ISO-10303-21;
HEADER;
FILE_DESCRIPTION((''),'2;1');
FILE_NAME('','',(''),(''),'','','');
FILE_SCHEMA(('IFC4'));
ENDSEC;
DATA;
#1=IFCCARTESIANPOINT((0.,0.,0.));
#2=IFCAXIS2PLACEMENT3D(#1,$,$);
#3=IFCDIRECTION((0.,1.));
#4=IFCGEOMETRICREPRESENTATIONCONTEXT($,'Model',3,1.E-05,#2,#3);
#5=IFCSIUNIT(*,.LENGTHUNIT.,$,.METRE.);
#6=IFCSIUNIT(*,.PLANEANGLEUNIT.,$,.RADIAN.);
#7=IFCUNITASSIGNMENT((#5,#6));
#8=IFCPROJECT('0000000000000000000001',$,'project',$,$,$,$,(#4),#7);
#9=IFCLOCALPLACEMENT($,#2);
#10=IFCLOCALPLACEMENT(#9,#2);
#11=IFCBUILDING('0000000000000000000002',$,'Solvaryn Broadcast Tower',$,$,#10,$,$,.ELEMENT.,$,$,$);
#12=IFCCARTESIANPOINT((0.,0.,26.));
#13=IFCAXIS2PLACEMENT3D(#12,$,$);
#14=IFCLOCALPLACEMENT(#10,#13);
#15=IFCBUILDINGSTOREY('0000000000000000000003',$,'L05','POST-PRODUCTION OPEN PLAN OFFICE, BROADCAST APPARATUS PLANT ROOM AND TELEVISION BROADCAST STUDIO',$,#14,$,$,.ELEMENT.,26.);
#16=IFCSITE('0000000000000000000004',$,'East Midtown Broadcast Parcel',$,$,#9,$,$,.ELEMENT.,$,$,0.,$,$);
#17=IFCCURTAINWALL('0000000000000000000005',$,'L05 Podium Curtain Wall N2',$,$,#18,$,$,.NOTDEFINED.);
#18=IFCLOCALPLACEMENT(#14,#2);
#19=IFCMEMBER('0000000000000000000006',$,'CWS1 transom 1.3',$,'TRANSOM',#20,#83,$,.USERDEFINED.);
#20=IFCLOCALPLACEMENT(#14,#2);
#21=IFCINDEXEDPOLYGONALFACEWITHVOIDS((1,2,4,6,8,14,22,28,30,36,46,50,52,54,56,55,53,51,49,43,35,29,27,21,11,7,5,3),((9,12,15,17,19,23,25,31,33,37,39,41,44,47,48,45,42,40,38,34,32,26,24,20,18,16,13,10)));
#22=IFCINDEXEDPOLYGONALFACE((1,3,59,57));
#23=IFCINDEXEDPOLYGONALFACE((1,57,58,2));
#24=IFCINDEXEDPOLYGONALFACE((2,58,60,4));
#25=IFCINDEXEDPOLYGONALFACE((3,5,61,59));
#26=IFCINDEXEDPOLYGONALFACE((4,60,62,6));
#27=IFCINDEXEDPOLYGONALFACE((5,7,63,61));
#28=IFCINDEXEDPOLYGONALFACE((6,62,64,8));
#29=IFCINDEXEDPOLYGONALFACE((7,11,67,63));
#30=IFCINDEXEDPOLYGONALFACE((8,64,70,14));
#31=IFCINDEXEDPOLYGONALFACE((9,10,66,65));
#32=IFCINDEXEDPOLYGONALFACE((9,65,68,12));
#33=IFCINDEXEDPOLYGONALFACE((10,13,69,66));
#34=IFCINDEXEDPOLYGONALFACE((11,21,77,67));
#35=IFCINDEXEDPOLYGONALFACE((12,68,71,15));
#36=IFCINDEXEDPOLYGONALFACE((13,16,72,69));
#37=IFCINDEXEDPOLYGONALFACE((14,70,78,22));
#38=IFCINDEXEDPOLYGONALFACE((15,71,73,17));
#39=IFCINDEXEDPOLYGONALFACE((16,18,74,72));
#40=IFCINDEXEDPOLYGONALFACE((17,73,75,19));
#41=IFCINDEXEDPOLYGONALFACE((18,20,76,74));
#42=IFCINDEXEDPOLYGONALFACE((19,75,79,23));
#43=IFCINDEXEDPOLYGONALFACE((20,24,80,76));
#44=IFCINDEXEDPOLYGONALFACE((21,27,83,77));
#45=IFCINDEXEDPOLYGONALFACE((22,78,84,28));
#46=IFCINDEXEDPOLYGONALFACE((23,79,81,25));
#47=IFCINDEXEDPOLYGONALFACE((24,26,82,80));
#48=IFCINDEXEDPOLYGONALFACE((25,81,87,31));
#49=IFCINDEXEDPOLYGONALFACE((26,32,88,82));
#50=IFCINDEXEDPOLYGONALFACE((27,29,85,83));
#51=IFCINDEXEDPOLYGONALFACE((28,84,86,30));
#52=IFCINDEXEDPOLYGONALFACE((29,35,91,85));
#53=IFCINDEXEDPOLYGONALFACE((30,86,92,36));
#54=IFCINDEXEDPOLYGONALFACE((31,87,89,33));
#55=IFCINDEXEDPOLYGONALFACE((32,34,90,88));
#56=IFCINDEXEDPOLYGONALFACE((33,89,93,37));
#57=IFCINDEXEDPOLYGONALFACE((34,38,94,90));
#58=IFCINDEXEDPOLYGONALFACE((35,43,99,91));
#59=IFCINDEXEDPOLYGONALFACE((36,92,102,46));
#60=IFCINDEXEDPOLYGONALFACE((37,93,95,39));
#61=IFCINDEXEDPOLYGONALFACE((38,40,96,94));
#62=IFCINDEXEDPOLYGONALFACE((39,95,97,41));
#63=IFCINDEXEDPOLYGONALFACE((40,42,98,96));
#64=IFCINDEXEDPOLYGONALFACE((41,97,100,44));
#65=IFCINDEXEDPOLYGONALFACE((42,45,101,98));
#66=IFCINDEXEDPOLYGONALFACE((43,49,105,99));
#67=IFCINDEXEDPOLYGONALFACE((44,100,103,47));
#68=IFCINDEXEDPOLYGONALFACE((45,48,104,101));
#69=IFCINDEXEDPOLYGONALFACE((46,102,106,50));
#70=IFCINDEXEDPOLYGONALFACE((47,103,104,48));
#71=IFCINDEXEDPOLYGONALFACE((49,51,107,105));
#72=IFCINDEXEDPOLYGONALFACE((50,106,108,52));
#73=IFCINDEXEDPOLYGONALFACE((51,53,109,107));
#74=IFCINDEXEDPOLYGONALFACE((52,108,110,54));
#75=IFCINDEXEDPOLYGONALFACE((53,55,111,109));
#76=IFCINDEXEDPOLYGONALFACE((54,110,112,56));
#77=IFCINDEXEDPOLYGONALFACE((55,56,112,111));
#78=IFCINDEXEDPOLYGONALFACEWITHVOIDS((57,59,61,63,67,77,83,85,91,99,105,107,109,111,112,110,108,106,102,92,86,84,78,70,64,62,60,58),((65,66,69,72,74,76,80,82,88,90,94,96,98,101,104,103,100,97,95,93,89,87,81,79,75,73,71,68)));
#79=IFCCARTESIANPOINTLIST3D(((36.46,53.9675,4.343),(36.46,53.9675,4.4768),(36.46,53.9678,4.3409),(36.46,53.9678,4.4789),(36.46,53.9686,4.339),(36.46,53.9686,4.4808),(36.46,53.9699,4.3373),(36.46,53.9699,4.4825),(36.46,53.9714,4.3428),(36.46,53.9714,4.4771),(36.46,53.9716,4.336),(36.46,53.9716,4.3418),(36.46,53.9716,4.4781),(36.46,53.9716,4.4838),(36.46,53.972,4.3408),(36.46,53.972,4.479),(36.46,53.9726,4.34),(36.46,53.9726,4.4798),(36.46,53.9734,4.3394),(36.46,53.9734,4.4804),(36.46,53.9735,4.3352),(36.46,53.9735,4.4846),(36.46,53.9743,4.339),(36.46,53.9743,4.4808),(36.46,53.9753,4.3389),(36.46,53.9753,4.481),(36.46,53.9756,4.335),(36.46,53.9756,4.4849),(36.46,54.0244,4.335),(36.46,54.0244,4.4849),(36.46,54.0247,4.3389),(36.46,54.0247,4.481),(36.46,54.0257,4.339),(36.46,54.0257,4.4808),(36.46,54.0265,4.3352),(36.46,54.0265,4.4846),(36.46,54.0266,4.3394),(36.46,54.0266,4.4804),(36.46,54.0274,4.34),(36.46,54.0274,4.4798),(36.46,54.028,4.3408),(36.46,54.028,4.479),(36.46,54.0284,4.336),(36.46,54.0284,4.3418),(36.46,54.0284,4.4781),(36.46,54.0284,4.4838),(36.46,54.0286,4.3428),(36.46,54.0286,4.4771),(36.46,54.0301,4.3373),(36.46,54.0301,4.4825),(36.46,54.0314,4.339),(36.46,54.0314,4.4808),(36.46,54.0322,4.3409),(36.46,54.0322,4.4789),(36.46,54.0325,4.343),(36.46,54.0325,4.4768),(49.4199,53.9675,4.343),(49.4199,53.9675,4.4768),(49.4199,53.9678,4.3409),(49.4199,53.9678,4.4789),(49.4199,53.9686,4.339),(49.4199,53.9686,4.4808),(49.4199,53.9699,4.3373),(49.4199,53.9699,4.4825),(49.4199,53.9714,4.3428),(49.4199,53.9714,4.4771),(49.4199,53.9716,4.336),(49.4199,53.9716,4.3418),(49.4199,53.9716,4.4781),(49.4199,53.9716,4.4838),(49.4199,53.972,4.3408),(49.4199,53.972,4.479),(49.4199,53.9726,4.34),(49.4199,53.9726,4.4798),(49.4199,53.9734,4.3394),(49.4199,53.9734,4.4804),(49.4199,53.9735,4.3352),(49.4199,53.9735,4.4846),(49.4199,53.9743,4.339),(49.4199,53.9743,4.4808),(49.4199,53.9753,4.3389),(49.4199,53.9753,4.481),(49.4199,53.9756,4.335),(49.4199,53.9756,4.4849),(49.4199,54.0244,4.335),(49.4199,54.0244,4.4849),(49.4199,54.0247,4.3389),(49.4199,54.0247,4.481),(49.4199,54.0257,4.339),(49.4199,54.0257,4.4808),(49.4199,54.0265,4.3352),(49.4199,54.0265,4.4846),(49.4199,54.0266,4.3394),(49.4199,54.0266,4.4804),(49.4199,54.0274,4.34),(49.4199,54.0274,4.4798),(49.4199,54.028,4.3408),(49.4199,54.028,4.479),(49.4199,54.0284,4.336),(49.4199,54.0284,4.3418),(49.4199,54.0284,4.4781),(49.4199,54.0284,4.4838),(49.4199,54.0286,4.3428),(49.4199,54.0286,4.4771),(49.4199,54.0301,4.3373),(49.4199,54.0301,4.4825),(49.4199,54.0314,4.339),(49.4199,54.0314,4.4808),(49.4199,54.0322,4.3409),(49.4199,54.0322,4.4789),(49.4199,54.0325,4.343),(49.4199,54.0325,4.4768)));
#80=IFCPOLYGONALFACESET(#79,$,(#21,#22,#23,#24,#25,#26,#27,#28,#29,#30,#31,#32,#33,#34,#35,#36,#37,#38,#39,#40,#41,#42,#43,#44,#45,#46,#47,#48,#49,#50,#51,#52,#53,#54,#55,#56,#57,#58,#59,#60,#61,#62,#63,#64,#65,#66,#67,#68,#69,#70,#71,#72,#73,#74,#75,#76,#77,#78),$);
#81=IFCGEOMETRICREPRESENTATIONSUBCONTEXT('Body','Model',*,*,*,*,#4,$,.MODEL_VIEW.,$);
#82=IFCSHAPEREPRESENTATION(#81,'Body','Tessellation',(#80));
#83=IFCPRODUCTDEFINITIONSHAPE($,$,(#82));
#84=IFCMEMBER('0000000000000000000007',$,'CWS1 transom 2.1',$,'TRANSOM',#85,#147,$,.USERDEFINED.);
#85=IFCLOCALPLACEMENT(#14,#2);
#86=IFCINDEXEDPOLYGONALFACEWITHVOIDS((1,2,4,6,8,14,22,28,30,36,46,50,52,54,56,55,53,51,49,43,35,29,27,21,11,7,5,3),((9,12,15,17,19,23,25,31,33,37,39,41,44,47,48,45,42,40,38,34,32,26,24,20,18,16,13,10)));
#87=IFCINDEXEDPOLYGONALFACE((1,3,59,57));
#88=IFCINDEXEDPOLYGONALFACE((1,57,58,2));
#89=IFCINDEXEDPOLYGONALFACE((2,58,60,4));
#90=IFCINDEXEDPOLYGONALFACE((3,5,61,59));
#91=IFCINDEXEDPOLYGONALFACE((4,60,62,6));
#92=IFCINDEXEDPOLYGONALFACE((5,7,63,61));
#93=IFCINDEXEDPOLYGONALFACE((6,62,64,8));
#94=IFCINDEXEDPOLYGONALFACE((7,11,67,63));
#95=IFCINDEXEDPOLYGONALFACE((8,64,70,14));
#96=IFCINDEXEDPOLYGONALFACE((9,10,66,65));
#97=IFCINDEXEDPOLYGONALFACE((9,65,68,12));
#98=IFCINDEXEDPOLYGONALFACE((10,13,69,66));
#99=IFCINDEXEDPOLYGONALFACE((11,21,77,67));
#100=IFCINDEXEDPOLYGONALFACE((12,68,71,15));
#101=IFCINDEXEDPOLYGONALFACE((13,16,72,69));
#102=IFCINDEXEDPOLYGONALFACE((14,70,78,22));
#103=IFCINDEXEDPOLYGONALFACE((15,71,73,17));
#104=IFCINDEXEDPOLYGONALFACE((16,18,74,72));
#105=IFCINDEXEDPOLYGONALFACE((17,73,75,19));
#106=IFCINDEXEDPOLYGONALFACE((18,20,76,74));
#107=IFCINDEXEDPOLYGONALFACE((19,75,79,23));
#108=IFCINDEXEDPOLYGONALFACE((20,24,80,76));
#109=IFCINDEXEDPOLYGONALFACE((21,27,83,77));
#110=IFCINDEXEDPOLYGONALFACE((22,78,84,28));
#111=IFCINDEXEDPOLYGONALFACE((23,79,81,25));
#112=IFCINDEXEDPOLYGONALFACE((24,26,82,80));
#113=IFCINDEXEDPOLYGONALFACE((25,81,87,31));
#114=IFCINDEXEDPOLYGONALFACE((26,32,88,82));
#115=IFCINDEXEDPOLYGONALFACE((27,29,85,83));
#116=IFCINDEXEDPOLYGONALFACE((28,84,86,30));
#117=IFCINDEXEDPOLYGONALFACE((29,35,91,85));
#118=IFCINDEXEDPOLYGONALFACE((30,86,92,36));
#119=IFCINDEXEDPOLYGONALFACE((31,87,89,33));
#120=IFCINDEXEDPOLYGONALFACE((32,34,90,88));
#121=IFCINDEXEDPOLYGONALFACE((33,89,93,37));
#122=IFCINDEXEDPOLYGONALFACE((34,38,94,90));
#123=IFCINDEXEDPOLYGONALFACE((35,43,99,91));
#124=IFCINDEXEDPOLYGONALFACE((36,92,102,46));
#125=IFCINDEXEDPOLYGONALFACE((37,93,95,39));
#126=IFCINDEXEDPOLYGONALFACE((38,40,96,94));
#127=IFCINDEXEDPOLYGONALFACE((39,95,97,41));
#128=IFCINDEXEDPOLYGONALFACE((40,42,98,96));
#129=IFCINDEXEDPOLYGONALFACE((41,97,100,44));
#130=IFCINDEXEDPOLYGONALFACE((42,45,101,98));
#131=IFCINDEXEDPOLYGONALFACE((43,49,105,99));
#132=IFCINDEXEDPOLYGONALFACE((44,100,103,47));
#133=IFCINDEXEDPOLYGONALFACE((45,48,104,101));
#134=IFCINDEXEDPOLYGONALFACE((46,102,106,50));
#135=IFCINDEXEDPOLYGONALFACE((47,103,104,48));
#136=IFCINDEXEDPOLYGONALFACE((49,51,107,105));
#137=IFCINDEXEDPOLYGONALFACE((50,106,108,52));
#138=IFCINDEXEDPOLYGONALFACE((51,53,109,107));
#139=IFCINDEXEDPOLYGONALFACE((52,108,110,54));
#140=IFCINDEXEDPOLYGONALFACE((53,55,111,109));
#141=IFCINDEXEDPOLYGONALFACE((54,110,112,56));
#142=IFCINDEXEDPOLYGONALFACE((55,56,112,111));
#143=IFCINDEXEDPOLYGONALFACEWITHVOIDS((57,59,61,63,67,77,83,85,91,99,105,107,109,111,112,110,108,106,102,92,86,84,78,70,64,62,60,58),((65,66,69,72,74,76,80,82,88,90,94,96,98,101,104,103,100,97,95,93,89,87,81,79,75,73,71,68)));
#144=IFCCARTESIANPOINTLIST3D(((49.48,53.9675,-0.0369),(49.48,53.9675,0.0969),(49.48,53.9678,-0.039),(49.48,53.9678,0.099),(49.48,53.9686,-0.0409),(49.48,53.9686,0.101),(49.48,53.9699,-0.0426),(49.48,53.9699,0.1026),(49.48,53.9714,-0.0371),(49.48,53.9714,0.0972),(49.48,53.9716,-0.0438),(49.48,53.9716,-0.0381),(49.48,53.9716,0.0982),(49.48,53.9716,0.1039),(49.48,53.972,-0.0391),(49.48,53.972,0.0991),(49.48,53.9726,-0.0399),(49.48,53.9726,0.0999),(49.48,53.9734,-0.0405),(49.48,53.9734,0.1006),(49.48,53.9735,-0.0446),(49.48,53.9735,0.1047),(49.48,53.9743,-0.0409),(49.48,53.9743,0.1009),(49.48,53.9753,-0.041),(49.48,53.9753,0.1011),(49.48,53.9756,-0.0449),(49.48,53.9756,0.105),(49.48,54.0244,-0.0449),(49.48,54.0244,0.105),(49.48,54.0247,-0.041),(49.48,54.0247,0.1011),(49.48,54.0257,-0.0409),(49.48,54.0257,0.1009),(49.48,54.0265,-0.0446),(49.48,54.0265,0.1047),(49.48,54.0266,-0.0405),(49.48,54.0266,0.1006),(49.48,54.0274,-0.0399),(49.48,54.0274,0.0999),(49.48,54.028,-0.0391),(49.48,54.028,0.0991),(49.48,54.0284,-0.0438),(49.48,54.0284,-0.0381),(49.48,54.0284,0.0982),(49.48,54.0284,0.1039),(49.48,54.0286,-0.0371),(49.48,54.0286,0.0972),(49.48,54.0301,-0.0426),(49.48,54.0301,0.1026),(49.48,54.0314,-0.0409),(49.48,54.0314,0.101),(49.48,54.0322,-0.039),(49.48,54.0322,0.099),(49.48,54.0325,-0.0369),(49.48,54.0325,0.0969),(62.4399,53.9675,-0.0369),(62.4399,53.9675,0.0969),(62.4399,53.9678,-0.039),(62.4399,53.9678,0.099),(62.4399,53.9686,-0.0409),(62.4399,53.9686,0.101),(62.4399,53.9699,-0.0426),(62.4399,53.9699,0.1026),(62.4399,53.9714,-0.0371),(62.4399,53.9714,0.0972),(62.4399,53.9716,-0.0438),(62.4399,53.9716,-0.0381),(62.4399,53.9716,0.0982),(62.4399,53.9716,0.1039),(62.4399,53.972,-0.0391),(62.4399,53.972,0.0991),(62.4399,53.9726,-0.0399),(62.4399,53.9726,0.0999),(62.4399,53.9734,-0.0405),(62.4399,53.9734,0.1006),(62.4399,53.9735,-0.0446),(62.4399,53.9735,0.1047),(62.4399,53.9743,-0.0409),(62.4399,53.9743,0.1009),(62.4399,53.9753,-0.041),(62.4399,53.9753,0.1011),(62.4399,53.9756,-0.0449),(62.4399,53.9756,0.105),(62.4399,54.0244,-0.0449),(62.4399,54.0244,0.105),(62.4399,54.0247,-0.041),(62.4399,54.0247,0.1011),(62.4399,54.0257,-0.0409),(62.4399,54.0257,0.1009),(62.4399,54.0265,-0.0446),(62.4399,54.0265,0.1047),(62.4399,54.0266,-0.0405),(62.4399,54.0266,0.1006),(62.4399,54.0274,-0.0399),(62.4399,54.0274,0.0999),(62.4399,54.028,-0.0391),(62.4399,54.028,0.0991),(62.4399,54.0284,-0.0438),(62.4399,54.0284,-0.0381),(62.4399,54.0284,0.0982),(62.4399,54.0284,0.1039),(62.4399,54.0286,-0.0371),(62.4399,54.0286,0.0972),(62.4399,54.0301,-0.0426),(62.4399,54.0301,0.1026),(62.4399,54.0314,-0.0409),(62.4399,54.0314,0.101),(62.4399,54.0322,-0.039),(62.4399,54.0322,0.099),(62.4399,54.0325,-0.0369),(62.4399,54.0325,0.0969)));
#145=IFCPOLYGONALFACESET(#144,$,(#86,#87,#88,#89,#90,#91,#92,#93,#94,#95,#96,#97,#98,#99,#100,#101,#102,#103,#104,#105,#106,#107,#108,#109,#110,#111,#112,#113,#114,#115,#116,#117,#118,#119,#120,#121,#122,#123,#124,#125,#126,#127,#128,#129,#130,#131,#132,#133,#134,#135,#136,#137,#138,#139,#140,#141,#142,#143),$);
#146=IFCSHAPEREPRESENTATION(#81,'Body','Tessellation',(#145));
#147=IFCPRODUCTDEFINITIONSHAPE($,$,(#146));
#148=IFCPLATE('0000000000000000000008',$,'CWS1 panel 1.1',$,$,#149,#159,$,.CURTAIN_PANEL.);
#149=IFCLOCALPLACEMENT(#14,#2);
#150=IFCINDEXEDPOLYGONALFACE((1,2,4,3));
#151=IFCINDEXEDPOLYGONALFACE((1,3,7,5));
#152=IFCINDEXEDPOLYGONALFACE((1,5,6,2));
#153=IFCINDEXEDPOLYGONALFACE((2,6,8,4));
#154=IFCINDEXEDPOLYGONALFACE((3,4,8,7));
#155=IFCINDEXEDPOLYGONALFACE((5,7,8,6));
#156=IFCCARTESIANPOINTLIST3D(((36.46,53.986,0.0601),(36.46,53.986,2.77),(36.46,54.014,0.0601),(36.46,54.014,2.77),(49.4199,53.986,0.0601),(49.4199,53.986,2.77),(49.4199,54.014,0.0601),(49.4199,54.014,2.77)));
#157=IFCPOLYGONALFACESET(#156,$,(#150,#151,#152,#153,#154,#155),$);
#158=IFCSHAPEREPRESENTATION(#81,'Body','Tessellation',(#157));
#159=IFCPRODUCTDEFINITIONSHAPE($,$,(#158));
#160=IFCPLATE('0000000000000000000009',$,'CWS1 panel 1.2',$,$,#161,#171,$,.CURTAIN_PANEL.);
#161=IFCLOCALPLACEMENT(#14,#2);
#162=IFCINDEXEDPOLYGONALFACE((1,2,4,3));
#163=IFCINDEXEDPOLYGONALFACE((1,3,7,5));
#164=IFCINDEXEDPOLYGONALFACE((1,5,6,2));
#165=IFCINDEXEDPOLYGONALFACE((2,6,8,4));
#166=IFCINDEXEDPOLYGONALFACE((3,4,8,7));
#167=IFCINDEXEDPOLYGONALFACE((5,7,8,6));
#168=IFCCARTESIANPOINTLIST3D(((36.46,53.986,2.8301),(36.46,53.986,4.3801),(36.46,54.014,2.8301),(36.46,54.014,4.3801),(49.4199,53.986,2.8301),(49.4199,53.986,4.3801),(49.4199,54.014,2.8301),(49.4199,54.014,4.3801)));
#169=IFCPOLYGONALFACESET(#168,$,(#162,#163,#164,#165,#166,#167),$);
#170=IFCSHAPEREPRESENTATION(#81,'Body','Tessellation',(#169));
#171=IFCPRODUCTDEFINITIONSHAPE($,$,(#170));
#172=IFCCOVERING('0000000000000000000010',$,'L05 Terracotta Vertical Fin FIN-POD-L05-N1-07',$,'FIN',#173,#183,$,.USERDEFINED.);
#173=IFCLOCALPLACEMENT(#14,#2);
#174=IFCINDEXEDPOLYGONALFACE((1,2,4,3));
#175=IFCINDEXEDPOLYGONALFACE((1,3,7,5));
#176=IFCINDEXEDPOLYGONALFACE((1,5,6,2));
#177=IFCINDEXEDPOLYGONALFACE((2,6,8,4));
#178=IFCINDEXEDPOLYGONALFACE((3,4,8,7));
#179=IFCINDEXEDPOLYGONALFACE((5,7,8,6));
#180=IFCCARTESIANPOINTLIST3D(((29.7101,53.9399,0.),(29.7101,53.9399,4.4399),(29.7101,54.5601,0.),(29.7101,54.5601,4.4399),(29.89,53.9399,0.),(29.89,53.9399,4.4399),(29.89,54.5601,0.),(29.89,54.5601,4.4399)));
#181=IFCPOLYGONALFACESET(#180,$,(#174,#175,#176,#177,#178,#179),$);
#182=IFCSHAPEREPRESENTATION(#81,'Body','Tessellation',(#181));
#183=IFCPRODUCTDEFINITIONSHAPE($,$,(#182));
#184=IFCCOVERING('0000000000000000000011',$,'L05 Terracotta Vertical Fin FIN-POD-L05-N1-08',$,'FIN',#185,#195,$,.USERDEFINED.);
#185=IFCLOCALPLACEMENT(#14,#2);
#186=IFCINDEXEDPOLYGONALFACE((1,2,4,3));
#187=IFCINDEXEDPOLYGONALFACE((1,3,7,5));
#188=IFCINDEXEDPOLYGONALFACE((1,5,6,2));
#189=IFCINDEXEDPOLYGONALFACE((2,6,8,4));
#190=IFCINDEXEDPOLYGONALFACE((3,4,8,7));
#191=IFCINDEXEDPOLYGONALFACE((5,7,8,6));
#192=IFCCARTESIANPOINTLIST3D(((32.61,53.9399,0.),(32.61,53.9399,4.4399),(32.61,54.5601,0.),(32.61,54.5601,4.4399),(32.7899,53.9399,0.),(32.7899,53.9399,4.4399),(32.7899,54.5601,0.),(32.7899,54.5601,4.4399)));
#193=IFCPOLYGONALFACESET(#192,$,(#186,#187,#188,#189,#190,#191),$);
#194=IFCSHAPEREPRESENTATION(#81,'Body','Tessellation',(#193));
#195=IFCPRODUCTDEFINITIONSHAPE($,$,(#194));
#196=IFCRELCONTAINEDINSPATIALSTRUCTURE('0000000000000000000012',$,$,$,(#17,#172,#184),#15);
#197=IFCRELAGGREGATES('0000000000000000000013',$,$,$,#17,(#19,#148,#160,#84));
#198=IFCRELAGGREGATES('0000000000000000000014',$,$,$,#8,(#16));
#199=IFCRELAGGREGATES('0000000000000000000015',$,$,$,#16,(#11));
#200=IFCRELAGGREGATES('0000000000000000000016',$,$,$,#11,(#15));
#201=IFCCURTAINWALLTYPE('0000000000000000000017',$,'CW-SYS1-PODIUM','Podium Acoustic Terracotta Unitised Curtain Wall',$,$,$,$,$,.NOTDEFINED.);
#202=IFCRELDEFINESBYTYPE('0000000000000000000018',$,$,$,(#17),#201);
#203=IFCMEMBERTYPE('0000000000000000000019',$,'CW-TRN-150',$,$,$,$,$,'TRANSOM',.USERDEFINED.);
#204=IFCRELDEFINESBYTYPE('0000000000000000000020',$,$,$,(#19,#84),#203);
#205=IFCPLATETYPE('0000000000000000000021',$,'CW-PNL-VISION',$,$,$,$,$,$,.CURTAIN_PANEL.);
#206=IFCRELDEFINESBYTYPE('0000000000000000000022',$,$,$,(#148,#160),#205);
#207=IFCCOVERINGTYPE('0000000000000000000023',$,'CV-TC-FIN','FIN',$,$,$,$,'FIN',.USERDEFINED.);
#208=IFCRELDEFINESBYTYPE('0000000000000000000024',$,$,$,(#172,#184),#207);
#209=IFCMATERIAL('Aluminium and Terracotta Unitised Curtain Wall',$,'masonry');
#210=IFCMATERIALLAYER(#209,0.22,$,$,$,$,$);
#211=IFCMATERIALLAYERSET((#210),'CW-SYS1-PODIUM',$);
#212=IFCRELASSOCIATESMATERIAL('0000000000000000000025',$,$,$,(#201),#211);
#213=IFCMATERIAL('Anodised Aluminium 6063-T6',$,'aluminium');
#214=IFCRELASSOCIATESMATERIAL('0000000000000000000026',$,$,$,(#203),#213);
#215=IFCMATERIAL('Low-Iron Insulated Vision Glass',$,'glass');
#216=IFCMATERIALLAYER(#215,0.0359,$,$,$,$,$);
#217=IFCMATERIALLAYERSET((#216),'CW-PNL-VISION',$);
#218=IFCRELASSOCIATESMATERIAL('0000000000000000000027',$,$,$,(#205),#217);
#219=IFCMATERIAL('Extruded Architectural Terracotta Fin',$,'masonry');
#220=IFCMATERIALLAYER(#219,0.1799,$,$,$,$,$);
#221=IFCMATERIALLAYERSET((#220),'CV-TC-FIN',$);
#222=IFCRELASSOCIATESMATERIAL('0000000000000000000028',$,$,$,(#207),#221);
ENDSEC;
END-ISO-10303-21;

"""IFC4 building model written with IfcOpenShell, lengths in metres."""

from ifc_helpers import new_model, si_unit, direction, frame, origin, origin_2d, place, context, subcontext, project, spatial, rectangle, hollow_rectangle, extrude, material, layer, layer_set, material_profile, profile_set, type_object, element, aggregate, save


model = new_model("IFC4")

# Units and contexts
model_context = context("Model", 3, precision=1e-05, world=origin(), true_north=direction((0.0, 1.0)))
body_context = subcontext(model_context, "Body", "Model", "MODEL_VIEW")
ifc_project = project(units=[si_unit("LENGTHUNIT", "METRE"), si_unit("PLANEANGLEUNIT", "RADIAN")], contexts=[model_context])

# Site, building, storey
site_placement = place(None, origin())
site = spatial("IfcSite", under=ifc_project, at=site_placement, Name="East Midtown Broadcast Parcel", CompositionType="ELEMENT", RefElevation=0.0)
building_placement = place(site_placement, origin())
building = spatial("IfcBuilding", under=site, at=building_placement, Name="Solvaryn Broadcast Tower", CompositionType="ELEMENT")
storey_placement = place(building_placement, frame((0.0, 0.0, 26.0)))
storey = spatial("IfcBuildingStorey", under=building, at=storey_placement, Name="L05", Description="POST-PRODUCTION OPEN PLAN OFFICE, BROADCAST APPARATUS PLANT ROOM AND TELEVISION BROADCAST STUDIO", CompositionType="ELEMENT", Elevation=26.0)

# Shared definitions
ifc_material_1 = material(Name="Aluminium and Terracotta Unitised Curtain Wall", Category="masonry")
ifc_layer_1 = layer(ifc_material_1, 0.22)
ifc_layer_set_1 = layer_set([ifc_layer_1], Name="CW-SYS1-PODIUM")
curtain_wall_type = type_object("IfcCurtainWallType", Name="CW-SYS1-PODIUM", Description="Podium Acoustic Terracotta Unitised Curtain Wall", PredefinedType="NOTDEFINED", material=ifc_layer_set_1)

# Curtain wall, members, plates
curtain_wall_1_placement = place(storey_placement, origin())
curtain_wall_1 = element("IfcCurtainWall", 1, at=curtain_wall_1_placement, inside=storey, type_object=curtain_wall_type, Name="L05 Podium Curtain Wall N2", PredefinedType="NOTDEFINED")
ifc_material_2 = material(Name="Anodised Aluminium 6063-T6", Category="aluminium")
ifc_material_profile_1 = material_profile(ifc_material_2, hollow_rectangle(XDim=0.0649, YDim=0.1499, WallThickness=0.0039, InnerFilletRadius=0.0039, OuterFilletRadius=0.0081, at=origin_2d()))
ifc_profile_set_1 = profile_set([ifc_material_profile_1], Name="Anodised Aluminium 6063-T6")
member_type_1 = type_object("IfcMemberType", Name="CW-TRN-150", ElementType="TRANSOM", PredefinedType="USERDEFINED", material=ifc_profile_set_1)
member_1_placement = place(storey_placement, frame((36.46, 54.0, 4.4099), z_axis=(1.0, 0.0, 0.0), x_axis=(0.0, 1.0, 0.0)))
member_1 = element("IfcMember", 2, at=member_1_placement, type_object=member_type_1, Name="CWS1 transom 1.3", ObjectType="TRANSOM", PredefinedType="USERDEFINED", context=body_context, shape_type="SweptSolid", body=[
    extrude(hollow_rectangle(XDim=0.0649, YDim=0.1499, WallThickness=0.0039, InnerFilletRadius=0.0039, OuterFilletRadius=0.0081, at=origin_2d()), origin(), (0.0, 0.0, 1.0), 12.96),
])
member_2_placement = place(storey_placement, frame((49.48, 54.0, 0.03), z_axis=(1.0, 0.0, 0.0), x_axis=(0.0, 1.0, 0.0)))
member_2 = element("IfcMember", 3, at=member_2_placement, type_object=member_type_1, Name="CWS1 transom 2.1", ObjectType="TRANSOM", PredefinedType="USERDEFINED", context=body_context, shape_type="SweptSolid", body=[
    extrude(hollow_rectangle(XDim=0.0649, YDim=0.1499, WallThickness=0.0039, InnerFilletRadius=0.0039, OuterFilletRadius=0.0081, at=origin_2d()), origin(), (0.0, 0.0, 1.0), 12.96),
])
ifc_material_3 = material(Name="Low-Iron Insulated Vision Glass", Category="glass")
ifc_layer_2 = layer(ifc_material_3, 0.0359)
ifc_layer_set_2 = layer_set([ifc_layer_2], Name="CW-PNL-VISION")
plate_type = type_object("IfcPlateType", Name="CW-PNL-VISION", PredefinedType="CURTAIN_PANEL", material=ifc_layer_set_2)
plate_1_placement = place(storey_placement, frame((42.9399, 54.0, 0.0601), z_axis=(0.0, 0.0, 1.0), x_axis=(1.0, 0.0, 0.0)))
plate_1 = element("IfcPlate", 4, at=plate_1_placement, type_object=plate_type, Name="CWS1 panel 1.1", PredefinedType="CURTAIN_PANEL", context=body_context, shape_type="SweptSolid", body=[
    extrude(rectangle(XDim=12.96, YDim=0.0281, at=origin_2d()), origin(), (0.0, 0.0, 1.0), 2.71),
])
plate_2_placement = place(storey_placement, frame((42.9399, 54.0, 2.8301), z_axis=(0.0, 0.0, 1.0), x_axis=(1.0, 0.0, 0.0)))
plate_2 = element("IfcPlate", 5, at=plate_2_placement, type_object=plate_type, Name="CWS1 panel 1.2", PredefinedType="CURTAIN_PANEL", context=body_context, shape_type="SweptSolid", body=[
    extrude(rectangle(XDim=12.96, YDim=0.0281, at=origin_2d()), origin(), (0.0, 0.0, 1.0), 1.55),
])
aggregate(curtain_wall_1, [member_1, plate_1, plate_2, member_2])

# Coverings
ifc_material_4 = material(Name="Extruded Architectural Terracotta Fin", Category="masonry")
ifc_layer_3 = layer(ifc_material_4, 0.1799)
ifc_layer_set_3 = layer_set([ifc_layer_3], Name="CV-TC-FIN")
covering_type = type_object("IfcCoveringType", Name="CV-TC-FIN", Description="FIN", ElementType="FIN", PredefinedType="USERDEFINED", material=ifc_layer_set_3)
for number, where, z_axis, x_axis, name in (
    (6, (29.8, 54.25, 0.0), (0.0, 0.0, 1.0), (1.0, 0.0, 0.0), "L05 Terracotta Vertical Fin FIN-POD-L05-N1-07"),
    (7, (32.7, 54.25, 0.0), (0.0, 0.0, 1.0), (1.0, 0.0, 0.0), "L05 Terracotta Vertical Fin FIN-POD-L05-N1-08"),
):
    element("IfcCovering", number, at=place(storey_placement, frame(where, z_axis=z_axis, x_axis=x_axis)), inside=storey, type_object=covering_type, Name=name, ObjectType="FIN", PredefinedType="USERDEFINED", context=body_context, shape_type="SweptSolid", body=[
        extrude(rectangle(XDim=0.1799, YDim=0.6201, at=origin_2d()), origin(), (0.0, 0.0, 1.0), 4.4399),
    ])

save(model, "model.ifc")
